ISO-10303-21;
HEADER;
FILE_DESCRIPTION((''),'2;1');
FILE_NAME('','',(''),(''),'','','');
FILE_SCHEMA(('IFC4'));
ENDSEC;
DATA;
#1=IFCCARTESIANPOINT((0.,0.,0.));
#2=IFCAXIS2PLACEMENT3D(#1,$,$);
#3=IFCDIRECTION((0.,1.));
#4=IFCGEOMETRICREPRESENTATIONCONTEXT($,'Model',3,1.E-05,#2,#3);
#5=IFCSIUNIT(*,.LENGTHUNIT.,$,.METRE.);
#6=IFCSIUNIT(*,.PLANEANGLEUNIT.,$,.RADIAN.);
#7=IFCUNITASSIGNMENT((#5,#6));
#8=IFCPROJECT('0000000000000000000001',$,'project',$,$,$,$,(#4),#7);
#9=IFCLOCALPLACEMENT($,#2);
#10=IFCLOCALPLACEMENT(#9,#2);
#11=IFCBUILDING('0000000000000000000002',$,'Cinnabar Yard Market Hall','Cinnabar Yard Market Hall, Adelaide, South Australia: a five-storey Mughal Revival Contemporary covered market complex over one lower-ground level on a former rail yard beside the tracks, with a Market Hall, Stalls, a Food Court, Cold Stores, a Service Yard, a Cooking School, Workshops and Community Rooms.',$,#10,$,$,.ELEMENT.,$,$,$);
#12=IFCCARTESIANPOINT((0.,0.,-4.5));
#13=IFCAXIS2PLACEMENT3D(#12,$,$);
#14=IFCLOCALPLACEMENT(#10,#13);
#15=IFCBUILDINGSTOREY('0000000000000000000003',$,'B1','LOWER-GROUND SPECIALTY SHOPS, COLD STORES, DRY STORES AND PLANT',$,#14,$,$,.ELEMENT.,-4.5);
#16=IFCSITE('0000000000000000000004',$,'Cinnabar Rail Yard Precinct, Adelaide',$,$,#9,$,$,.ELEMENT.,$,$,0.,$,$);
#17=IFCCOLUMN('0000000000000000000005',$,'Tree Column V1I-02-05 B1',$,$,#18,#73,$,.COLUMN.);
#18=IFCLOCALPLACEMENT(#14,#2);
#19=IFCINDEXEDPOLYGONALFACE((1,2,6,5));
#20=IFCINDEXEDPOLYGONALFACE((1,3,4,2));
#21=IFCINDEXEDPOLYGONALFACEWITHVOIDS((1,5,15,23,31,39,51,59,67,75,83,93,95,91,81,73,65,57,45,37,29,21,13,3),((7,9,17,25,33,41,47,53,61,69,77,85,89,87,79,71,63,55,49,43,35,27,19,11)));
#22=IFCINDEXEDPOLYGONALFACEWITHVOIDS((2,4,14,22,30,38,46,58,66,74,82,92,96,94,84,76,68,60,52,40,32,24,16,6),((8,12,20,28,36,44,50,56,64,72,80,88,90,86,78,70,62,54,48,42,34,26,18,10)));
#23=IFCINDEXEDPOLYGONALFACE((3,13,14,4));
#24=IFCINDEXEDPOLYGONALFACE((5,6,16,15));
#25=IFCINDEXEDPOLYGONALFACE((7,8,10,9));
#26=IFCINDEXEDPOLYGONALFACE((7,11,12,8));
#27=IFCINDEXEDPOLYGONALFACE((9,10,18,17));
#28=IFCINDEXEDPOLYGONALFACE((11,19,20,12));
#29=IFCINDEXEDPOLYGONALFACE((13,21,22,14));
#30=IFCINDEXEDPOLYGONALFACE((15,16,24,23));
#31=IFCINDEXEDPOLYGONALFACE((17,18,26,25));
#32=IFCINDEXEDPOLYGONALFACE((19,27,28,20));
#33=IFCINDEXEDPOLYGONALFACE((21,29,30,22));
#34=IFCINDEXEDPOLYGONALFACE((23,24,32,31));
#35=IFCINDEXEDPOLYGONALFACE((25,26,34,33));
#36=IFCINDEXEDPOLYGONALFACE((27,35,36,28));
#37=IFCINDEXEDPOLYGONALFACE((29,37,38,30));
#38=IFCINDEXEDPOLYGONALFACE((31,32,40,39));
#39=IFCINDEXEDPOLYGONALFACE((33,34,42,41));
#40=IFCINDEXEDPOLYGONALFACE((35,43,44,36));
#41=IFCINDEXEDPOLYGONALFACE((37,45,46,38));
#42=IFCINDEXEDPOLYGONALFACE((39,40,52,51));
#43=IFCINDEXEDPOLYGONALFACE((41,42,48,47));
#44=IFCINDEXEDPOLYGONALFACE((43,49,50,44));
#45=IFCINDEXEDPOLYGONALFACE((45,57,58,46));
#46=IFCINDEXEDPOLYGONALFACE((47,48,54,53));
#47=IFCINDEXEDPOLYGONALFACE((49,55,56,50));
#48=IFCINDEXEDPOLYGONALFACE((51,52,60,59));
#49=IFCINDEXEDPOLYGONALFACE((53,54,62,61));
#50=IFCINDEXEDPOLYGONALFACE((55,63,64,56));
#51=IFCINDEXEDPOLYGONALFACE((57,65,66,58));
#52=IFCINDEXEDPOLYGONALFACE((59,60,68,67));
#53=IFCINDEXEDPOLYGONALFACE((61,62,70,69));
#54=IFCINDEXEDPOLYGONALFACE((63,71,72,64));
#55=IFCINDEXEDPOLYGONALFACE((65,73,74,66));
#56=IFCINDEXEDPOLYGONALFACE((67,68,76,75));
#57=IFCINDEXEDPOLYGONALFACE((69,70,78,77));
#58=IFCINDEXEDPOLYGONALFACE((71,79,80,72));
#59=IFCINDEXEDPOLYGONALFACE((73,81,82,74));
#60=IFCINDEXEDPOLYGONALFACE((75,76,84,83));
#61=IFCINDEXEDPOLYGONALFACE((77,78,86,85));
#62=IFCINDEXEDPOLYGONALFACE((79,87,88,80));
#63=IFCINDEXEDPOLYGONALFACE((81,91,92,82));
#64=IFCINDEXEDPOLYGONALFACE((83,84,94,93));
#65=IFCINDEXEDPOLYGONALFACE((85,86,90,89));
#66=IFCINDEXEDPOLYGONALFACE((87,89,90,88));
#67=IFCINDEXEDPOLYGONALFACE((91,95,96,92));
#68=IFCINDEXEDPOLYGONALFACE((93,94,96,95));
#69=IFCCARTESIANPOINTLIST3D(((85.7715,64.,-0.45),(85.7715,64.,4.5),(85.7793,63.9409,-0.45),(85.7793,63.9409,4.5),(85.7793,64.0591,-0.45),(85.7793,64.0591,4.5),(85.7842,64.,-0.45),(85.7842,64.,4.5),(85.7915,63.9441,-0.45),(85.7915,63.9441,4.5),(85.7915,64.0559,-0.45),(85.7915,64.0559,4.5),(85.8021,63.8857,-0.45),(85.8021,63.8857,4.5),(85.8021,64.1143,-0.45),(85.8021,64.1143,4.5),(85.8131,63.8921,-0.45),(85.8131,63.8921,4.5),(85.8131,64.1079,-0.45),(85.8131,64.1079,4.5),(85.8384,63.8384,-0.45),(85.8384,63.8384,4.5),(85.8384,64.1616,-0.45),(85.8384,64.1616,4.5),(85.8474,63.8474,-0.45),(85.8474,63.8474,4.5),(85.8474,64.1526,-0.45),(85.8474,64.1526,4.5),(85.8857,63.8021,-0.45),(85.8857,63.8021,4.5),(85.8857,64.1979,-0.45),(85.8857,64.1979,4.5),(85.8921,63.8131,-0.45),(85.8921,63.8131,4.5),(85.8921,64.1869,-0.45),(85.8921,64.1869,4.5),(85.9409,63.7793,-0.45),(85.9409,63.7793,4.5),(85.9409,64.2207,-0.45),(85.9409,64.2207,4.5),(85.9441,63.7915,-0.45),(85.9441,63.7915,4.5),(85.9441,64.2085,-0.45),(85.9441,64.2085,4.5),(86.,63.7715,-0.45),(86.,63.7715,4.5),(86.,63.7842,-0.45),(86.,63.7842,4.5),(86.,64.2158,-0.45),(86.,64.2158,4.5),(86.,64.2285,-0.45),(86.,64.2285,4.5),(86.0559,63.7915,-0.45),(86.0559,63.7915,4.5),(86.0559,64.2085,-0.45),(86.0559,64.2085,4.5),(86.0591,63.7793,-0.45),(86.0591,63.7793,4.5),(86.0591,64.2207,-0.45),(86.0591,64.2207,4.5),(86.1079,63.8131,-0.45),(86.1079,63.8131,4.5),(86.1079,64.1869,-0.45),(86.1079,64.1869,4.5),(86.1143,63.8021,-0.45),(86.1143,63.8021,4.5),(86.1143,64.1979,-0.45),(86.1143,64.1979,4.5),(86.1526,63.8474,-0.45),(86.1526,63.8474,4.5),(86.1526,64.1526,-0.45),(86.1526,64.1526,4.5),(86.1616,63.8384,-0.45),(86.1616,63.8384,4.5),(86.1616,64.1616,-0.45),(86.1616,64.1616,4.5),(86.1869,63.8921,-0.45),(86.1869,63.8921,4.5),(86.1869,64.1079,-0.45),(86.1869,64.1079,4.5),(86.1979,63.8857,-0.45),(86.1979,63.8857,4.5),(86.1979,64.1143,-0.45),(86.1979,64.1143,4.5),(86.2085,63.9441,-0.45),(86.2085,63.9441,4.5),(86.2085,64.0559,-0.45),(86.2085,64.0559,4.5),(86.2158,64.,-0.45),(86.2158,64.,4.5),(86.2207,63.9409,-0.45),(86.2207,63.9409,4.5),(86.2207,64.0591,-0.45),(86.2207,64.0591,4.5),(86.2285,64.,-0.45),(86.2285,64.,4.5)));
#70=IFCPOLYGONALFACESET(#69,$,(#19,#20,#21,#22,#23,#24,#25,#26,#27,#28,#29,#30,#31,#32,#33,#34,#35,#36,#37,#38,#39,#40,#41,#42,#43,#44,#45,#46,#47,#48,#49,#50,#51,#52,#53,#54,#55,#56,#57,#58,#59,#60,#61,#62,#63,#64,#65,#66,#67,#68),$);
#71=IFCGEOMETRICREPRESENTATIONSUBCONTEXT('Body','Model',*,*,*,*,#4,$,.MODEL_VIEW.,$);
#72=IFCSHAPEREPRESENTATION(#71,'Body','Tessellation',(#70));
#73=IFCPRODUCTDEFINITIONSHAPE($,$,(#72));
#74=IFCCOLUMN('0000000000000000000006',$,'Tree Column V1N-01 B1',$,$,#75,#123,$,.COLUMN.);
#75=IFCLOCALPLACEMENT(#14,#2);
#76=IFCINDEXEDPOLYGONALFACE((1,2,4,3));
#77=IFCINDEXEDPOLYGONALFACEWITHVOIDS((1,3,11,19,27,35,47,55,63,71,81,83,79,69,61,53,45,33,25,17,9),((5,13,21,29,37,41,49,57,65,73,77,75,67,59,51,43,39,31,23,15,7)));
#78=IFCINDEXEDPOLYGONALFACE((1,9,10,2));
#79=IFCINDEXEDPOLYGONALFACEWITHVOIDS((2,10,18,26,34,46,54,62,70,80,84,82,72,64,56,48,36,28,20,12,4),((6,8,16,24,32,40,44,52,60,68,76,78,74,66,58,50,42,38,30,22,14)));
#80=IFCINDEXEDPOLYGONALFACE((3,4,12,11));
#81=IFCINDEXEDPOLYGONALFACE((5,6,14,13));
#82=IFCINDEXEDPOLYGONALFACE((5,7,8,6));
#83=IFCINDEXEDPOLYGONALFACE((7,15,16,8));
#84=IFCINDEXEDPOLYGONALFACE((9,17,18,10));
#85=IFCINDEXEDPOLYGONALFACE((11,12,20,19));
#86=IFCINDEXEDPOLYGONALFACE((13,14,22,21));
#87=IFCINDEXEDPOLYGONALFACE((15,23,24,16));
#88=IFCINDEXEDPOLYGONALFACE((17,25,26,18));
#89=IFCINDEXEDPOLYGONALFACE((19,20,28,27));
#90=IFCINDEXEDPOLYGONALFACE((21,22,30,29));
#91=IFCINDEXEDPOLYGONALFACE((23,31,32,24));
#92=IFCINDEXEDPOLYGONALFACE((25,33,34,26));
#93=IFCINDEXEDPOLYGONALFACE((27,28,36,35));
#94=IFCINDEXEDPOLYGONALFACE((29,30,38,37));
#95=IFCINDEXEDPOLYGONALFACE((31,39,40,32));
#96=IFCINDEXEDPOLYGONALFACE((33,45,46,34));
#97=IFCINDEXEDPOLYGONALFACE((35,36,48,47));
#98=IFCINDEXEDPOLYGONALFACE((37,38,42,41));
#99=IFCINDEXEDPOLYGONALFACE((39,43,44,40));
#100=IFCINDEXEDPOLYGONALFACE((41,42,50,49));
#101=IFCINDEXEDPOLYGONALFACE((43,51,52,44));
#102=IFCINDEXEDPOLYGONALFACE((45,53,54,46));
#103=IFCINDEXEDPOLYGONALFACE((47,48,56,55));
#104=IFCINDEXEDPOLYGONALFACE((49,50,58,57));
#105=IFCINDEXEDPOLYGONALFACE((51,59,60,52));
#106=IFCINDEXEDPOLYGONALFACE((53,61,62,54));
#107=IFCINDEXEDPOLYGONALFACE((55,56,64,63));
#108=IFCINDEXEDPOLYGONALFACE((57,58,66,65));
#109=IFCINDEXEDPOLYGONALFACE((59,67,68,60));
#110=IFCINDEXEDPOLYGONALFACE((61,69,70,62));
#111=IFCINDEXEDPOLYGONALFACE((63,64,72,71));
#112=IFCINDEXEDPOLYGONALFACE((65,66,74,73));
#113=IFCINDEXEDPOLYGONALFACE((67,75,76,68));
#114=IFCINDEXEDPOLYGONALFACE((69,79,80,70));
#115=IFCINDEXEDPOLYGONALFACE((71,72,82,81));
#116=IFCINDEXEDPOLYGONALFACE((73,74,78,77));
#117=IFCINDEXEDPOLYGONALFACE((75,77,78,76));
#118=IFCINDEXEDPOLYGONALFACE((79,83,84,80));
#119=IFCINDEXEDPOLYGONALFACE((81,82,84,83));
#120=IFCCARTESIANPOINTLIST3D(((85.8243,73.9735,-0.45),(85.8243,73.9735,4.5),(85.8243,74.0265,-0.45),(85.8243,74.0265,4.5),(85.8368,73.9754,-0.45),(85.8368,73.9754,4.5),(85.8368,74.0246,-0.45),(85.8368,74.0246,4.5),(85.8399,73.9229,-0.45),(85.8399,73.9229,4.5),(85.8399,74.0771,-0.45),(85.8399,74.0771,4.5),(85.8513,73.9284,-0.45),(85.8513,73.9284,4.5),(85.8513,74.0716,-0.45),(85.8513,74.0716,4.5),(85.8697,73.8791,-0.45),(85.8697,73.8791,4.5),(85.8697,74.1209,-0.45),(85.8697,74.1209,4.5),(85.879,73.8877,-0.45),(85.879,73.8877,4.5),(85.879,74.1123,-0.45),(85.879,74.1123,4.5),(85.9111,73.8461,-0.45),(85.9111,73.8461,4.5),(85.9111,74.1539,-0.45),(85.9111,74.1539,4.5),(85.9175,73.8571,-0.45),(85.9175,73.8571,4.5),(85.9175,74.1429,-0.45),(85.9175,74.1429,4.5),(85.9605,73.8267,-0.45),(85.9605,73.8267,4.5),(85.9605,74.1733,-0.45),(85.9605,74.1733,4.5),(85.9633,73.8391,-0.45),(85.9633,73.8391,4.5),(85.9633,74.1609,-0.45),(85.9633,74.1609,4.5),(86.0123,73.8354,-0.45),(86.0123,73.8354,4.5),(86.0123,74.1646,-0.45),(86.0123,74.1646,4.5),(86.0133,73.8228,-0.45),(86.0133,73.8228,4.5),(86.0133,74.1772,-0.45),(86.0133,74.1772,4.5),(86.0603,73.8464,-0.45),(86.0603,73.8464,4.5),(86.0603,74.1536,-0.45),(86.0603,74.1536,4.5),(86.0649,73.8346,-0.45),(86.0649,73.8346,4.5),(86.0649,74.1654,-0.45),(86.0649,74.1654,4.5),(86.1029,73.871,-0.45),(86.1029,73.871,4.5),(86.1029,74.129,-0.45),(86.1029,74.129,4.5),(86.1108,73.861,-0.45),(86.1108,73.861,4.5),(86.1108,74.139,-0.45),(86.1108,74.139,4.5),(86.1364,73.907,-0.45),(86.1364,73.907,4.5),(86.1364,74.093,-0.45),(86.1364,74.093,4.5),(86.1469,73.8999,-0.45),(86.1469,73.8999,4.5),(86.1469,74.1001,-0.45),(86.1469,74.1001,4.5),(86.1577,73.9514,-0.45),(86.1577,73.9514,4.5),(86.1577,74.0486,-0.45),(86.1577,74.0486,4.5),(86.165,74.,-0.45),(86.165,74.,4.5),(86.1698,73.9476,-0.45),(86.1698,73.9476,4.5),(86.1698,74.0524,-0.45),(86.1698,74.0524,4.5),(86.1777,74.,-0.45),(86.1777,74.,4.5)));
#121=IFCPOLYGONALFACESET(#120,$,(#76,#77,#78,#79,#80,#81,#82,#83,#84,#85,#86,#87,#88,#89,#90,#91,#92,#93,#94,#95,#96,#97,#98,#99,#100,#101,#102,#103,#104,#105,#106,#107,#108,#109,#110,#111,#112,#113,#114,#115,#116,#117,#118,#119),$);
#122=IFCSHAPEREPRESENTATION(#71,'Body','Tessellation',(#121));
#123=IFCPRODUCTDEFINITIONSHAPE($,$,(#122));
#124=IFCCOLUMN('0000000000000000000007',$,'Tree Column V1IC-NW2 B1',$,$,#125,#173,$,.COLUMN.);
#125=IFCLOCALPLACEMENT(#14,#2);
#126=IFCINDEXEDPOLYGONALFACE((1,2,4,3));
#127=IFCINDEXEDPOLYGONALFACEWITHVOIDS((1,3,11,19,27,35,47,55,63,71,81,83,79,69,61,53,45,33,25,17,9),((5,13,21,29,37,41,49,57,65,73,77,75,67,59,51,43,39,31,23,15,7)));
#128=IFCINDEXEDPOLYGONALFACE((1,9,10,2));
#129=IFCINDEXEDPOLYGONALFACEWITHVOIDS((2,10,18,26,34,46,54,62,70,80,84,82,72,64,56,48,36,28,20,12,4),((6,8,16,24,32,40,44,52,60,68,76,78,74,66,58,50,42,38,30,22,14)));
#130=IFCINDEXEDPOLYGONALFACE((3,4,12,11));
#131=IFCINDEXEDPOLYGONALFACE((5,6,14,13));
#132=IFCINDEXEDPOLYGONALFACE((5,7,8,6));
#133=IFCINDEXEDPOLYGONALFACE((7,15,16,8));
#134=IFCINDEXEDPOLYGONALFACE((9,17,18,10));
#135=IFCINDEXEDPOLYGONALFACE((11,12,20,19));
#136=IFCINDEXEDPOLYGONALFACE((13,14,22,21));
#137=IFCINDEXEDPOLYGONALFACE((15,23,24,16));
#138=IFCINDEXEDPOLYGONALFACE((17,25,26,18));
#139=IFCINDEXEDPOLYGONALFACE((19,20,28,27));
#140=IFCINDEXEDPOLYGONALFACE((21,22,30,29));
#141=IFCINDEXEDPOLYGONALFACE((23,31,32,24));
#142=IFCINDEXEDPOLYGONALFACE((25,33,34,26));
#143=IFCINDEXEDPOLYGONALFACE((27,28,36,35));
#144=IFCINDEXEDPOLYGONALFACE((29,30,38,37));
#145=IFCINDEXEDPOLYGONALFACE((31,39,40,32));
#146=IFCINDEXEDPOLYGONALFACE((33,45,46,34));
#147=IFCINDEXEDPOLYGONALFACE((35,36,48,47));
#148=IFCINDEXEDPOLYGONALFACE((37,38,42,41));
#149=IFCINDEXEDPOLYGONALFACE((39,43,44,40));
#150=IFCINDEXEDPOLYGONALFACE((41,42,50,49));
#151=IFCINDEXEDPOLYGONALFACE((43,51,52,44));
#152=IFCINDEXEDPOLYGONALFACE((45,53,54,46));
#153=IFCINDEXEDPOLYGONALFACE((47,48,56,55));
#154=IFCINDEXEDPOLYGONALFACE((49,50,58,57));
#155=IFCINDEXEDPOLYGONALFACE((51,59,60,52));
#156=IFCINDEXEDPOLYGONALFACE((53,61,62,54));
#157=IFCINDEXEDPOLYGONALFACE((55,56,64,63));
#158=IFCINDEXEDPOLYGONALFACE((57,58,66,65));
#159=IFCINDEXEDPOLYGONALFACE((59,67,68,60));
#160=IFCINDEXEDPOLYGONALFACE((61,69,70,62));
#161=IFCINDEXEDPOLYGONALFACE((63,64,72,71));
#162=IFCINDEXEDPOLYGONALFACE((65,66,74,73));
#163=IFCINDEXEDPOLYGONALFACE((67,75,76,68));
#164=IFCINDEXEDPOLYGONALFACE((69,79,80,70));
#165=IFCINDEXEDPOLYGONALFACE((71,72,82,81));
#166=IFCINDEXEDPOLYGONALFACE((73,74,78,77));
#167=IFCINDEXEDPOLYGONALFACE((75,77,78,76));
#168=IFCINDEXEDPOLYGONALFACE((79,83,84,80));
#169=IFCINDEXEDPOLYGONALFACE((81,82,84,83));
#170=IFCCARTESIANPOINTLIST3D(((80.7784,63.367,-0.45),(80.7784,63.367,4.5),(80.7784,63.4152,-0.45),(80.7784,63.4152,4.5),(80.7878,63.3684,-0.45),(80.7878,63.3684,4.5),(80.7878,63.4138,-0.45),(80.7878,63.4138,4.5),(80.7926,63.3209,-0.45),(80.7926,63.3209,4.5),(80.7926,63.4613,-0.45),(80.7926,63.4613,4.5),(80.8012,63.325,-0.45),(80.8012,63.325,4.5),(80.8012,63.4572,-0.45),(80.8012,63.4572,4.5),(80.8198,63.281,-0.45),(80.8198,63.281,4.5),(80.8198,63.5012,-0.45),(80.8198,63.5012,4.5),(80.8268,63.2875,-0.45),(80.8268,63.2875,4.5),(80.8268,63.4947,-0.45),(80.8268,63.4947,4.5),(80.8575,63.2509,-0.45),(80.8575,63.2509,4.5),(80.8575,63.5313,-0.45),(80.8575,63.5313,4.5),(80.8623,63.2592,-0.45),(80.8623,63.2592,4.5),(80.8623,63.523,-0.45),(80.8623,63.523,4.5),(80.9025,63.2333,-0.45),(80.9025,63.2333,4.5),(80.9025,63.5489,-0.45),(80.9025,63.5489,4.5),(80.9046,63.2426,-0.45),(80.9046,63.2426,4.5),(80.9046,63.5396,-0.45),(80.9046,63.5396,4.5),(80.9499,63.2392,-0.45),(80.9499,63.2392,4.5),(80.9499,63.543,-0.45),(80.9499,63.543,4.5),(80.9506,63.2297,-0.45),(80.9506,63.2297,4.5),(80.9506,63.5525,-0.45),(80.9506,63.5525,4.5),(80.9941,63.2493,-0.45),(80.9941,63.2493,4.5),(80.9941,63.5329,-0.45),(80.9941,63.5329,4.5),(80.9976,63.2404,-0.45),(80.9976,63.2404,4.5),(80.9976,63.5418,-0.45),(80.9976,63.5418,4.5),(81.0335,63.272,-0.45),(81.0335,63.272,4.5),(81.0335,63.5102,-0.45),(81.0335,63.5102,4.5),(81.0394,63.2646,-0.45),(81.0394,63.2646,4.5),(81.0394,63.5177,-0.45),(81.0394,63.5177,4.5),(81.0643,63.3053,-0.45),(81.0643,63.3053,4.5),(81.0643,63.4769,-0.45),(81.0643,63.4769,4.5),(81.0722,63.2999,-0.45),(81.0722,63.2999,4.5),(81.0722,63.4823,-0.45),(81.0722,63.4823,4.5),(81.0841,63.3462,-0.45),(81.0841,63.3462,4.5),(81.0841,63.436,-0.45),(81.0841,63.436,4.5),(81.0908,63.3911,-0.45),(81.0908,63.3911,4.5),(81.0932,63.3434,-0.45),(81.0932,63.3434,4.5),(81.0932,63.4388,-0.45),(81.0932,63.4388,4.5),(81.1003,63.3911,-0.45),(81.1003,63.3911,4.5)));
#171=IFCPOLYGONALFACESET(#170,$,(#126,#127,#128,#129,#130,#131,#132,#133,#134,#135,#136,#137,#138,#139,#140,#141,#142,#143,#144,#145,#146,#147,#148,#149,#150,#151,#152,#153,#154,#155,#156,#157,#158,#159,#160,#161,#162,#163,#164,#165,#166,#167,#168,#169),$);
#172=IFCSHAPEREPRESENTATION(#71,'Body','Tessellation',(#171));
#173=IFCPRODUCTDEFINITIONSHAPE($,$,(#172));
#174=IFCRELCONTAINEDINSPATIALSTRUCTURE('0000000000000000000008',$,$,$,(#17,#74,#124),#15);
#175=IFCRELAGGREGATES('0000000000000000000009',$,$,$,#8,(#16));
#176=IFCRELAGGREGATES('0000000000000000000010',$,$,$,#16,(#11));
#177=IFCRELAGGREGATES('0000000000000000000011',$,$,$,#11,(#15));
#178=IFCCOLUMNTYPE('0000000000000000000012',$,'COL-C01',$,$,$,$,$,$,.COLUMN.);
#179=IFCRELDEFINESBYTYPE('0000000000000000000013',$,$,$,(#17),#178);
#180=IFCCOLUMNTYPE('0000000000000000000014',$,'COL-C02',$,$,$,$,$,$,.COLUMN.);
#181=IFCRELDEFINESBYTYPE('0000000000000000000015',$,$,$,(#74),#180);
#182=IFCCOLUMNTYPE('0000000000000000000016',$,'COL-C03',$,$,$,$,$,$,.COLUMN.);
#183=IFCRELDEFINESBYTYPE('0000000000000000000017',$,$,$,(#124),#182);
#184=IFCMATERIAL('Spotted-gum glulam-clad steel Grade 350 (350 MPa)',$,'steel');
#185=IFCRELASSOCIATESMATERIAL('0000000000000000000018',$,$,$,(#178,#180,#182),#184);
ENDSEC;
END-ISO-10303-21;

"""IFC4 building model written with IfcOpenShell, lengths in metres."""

from ifc_helpers import new_model, si_unit, direction, frame, origin, origin_2d_with_axis, place, context, subcontext, project, spatial, hollow_circle, extrude, material, material_profile, profile_set, type_object, element, save


model = new_model("IFC4")

# Units and contexts
model_context = context("Model", 3, precision=1e-05, world=origin(), true_north=direction((0.0, 1.0)))
body_context = subcontext(model_context, "Body", "Model", "MODEL_VIEW")
ifc_project = project(units=[si_unit("LENGTHUNIT", "METRE"), si_unit("PLANEANGLEUNIT", "RADIAN")], contexts=[model_context])

# Site, building, storey
site_placement = place(None, origin())
site = spatial("IfcSite", under=ifc_project, at=site_placement, Name="Cinnabar Rail Yard Precinct, Adelaide", CompositionType="ELEMENT", RefElevation=0.0)
building_placement = place(site_placement, origin())
building = spatial("IfcBuilding", under=site, at=building_placement, Name="Cinnabar Yard Market Hall", Description="Cinnabar Yard Market Hall, Adelaide, South Australia: a five-storey Mughal Revival Contemporary covered market complex over one lower-ground level on a former rail yard beside the tracks, with a Market Hall, Stalls, a Food Court, Cold Stores, a Service Yard, a Cooking School, Workshops and Community Rooms.", CompositionType="ELEMENT")
storey_placement = place(building_placement, frame((0.0, 0.0, -4.5)))
storey = spatial("IfcBuildingStorey", under=building, at=storey_placement, Name="B1", Description="LOWER-GROUND SPECIALTY SHOPS, COLD STORES, DRY STORES AND PLANT", CompositionType="ELEMENT", Elevation=-4.5)

# Columns
ifc_material_1 = material(Name="Spotted-gum glulam-clad steel Grade 350 (350 MPa)", Category="steel")
ifc_material_profile_1 = material_profile(ifc_material_1, hollow_circle(Radius=0.2285, WallThickness=0.0127, at=origin_2d_with_axis()), Name="457.0x12.7CHS")
ifc_profile_set_1 = profile_set([ifc_material_profile_1], Name="Spotted-gum glulam-clad steel Grade 350 (350 MPa)")
column_type_1 = type_object("IfcColumnType", Name="COL-C01", PredefinedType="COLUMN", material=ifc_profile_set_1)
column_1_placement = place(storey_placement, frame((86.0, 64.0, -0.45), z_axis=(0.0, 0.0, 1.0), x_axis=(1.0, 0.0, 0.0)))
element("IfcColumn", 1, at=column_1_placement, inside=storey, type_object=column_type_1, Name="Tree Column V1I-02-05 B1", PredefinedType="COLUMN", context=body_context, shape_type="SweptSolid", body=[
    extrude(hollow_circle(Radius=0.2285, WallThickness=0.0127, at=origin_2d_with_axis()), origin(), (0.0, 0.0, 1.0), 4.95),
])
ifc_material_profile_2 = material_profile(ifc_material_1, hollow_circle(Radius=0.1777, WallThickness=0.0127, at=origin_2d_with_axis()), Name="355.6x12.7CHS")
ifc_profile_set_2 = profile_set([ifc_material_profile_2], Name="Spotted-gum glulam-clad steel Grade 350 (350 MPa)")
column_type_2 = type_object("IfcColumnType", Name="COL-C02", PredefinedType="COLUMN", material=ifc_profile_set_2)
column_2_placement = place(storey_placement, frame((86.0, 74.0, -0.45), z_axis=(0.0, 0.0, 1.0), x_axis=(1.0, 0.0, 0.0)))
element("IfcColumn", 2, at=column_2_placement, inside=storey, type_object=column_type_2, Name="Tree Column V1N-01 B1", PredefinedType="COLUMN", context=body_context, shape_type="SweptSolid", body=[
    extrude(hollow_circle(Radius=0.1777, WallThickness=0.0127, at=origin_2d_with_axis()), origin(), (0.0, 0.0, 1.0), 4.95),
])
ifc_material_profile_3 = material_profile(ifc_material_1, hollow_circle(Radius=0.1619, WallThickness=0.0095, at=origin_2d_with_axis()), Name="323.9x9.5CHS")
ifc_profile_set_3 = profile_set([ifc_material_profile_3], Name="Spotted-gum glulam-clad steel Grade 350 (350 MPa)")
column_type_3 = type_object("IfcColumnType", Name="COL-C03", PredefinedType="COLUMN", material=ifc_profile_set_3)
column_3_placement = place(storey_placement, frame((80.9385, 63.3911, -0.45), z_axis=(0.0, 0.0, 1.0), x_axis=(1.0, 0.0, 0.0)))
element("IfcColumn", 3, at=column_3_placement, inside=storey, type_object=column_type_3, Name="Tree Column V1IC-NW2 B1", PredefinedType="COLUMN", context=body_context, shape_type="SweptSolid", body=[
    extrude(hollow_circle(Radius=0.1619, WallThickness=0.0095, at=origin_2d_with_axis()), origin(), (0.0, 0.0, 1.0), 4.95),
])

save(model, "model.ifc")
